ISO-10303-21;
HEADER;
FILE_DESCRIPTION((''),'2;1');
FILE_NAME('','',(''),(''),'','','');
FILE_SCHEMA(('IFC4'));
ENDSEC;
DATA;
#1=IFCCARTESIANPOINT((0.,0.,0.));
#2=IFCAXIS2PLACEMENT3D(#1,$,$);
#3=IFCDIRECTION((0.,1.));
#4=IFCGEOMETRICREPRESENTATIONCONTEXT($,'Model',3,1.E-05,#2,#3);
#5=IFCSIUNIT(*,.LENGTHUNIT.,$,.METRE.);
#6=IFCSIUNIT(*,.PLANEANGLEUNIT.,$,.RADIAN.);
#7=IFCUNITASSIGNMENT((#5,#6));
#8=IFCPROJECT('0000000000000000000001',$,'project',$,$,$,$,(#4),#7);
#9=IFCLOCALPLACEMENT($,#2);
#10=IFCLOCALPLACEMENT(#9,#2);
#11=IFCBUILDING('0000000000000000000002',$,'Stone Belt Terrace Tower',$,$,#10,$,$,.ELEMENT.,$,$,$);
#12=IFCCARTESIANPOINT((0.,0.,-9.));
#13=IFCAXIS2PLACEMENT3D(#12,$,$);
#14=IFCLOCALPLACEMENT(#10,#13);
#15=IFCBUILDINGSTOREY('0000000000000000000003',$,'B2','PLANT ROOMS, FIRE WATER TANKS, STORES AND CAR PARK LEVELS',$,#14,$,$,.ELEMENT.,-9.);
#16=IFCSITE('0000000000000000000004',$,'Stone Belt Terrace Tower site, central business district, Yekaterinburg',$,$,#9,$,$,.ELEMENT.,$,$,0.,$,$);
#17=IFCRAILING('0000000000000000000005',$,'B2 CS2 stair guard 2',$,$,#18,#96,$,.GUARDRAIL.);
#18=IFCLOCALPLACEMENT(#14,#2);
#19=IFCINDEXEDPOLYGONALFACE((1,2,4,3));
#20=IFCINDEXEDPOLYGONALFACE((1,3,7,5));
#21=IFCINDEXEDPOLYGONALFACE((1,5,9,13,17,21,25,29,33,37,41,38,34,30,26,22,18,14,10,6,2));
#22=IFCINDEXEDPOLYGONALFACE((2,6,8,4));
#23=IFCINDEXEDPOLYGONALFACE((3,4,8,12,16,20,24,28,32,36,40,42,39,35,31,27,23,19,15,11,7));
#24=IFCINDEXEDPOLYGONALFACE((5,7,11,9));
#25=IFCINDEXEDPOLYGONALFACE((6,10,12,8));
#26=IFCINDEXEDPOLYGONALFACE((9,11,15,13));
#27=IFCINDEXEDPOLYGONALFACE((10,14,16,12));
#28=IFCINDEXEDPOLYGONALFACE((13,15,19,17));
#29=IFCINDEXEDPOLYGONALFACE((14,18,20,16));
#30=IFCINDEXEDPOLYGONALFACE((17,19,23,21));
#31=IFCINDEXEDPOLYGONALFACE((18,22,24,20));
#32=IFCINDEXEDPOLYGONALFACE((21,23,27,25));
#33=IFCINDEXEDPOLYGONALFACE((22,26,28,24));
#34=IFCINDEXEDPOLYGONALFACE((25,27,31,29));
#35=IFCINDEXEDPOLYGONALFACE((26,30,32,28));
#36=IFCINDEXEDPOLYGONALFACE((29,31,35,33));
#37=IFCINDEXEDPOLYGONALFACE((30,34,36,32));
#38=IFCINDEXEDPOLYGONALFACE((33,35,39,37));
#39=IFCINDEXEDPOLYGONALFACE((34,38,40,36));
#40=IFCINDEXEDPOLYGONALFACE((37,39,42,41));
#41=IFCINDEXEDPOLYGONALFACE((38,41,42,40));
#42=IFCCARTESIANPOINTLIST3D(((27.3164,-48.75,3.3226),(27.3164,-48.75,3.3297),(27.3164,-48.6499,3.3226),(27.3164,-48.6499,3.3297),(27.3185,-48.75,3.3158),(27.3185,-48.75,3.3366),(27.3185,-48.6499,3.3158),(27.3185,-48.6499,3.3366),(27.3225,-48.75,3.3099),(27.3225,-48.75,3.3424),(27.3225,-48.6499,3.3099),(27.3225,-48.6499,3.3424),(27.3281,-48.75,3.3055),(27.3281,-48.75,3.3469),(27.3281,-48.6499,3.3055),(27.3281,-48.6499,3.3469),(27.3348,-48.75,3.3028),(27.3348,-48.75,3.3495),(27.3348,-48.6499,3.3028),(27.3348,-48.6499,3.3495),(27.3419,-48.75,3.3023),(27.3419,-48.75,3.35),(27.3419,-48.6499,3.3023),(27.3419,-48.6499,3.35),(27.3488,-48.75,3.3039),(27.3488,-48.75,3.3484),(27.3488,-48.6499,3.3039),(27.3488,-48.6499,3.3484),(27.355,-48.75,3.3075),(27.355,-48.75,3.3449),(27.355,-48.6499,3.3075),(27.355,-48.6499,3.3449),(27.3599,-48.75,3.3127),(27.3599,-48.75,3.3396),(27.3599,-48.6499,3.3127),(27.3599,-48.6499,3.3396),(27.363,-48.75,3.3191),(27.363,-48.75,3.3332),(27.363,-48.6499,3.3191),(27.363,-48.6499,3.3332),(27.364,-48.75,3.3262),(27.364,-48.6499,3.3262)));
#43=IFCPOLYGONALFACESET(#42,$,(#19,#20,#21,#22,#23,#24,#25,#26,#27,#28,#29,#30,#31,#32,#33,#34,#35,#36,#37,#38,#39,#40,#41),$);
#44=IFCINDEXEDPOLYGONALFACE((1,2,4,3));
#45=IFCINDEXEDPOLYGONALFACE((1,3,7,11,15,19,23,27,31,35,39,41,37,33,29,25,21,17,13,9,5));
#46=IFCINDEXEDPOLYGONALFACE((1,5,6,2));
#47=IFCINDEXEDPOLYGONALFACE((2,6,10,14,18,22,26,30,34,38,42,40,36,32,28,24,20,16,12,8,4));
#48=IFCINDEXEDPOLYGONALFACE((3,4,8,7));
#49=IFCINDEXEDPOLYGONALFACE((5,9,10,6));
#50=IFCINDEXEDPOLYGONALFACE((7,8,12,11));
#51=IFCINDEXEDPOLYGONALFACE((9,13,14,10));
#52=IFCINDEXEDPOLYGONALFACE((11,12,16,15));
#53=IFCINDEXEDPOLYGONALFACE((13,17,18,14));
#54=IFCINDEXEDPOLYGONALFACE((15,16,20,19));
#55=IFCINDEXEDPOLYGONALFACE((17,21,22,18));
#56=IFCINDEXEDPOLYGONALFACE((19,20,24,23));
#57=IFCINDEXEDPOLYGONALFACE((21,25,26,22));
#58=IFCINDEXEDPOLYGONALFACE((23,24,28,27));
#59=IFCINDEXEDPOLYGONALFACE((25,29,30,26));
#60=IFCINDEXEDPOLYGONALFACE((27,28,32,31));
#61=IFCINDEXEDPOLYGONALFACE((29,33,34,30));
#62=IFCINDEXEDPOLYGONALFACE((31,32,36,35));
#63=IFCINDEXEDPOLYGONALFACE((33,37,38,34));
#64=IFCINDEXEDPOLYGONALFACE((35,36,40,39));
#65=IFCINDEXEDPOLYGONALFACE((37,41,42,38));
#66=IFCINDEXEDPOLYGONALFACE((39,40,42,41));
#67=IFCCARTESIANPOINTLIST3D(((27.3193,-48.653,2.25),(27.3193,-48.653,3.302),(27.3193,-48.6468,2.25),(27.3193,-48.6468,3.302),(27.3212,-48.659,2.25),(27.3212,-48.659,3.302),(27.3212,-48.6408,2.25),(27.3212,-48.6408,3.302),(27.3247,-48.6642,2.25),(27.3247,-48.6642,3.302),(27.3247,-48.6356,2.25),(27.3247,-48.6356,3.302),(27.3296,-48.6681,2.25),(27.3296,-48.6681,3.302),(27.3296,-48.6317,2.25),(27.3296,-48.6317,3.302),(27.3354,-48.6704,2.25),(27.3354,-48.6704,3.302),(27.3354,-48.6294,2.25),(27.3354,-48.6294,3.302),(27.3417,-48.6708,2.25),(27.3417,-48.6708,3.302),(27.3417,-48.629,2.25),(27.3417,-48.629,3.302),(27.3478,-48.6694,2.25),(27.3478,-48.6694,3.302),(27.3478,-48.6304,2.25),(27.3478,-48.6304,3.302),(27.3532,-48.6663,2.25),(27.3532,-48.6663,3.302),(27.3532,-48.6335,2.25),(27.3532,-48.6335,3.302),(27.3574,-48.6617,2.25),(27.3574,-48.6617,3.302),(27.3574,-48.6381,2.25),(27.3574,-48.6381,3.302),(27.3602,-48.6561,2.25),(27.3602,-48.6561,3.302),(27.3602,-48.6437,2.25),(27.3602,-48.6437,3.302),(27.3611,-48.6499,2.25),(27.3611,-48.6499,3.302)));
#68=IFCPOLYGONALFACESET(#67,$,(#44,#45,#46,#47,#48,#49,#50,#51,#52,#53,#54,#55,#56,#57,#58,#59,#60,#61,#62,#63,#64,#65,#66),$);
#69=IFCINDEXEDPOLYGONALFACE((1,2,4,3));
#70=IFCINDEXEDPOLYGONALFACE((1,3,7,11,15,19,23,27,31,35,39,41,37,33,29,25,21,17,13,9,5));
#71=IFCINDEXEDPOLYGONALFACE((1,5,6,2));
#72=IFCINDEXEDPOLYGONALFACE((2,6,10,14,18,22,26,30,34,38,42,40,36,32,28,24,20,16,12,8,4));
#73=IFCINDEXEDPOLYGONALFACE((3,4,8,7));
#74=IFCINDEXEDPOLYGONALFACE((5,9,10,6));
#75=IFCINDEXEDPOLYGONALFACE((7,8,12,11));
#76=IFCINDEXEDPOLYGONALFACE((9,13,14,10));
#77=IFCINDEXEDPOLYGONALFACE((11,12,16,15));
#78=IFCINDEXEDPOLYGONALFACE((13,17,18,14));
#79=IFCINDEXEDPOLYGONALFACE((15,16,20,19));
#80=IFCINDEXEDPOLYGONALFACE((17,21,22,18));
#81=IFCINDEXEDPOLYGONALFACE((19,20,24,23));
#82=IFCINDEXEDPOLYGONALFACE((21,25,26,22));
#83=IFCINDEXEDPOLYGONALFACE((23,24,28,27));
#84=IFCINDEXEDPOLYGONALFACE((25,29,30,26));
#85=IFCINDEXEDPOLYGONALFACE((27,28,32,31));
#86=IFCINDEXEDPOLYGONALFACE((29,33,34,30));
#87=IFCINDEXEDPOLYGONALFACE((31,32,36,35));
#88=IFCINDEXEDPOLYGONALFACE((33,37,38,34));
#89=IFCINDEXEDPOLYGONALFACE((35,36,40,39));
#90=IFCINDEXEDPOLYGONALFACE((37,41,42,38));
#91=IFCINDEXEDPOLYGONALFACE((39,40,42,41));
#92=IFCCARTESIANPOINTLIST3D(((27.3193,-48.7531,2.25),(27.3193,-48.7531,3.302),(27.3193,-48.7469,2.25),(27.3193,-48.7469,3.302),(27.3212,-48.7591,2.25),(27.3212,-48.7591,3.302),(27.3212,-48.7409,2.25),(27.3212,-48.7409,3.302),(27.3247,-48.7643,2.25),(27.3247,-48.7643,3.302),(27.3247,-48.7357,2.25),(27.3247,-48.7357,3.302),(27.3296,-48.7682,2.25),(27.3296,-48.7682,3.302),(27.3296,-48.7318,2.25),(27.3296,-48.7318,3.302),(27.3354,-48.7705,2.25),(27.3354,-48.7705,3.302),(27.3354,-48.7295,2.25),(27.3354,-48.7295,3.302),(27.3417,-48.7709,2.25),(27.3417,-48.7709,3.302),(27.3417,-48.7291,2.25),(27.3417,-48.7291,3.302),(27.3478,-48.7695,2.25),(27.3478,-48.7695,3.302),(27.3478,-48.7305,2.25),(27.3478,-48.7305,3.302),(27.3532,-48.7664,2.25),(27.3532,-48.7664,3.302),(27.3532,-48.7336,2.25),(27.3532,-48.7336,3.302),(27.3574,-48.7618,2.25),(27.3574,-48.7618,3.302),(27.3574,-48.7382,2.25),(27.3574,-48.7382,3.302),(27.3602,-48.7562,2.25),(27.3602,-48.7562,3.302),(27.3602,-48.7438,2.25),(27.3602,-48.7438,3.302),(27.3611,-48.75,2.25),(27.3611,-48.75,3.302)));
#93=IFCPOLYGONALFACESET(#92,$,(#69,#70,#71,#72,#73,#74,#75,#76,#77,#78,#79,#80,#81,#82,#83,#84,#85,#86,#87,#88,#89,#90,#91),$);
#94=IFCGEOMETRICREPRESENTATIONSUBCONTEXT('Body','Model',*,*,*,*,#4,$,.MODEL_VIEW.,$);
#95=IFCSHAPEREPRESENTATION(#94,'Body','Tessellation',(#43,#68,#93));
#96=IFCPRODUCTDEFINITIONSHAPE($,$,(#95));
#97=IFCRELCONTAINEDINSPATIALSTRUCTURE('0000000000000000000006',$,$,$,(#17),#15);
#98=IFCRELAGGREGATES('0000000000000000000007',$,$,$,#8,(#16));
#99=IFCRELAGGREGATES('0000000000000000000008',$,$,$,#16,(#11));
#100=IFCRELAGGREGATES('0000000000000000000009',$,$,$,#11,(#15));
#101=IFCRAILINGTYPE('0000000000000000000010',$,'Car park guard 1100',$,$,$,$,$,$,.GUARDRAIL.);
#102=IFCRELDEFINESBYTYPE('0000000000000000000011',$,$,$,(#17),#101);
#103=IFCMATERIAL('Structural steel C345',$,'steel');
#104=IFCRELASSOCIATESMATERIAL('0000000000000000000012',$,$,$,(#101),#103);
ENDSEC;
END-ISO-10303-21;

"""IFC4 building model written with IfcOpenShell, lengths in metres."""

from ifc_helpers import new_model, si_unit, direction, frame, origin, origin_2d, place, context, subcontext, project, spatial, circle, extrude, material, type_object, element, save


model = new_model("IFC4")

# Units and contexts
model_context = context("Model", 3, precision=1e-05, world=origin(), true_north=direction((0.0, 1.0)))
body_context = subcontext(model_context, "Body", "Model", "MODEL_VIEW")
ifc_project = project(units=[si_unit("LENGTHUNIT", "METRE"), si_unit("PLANEANGLEUNIT", "RADIAN")], contexts=[model_context])

# Site, building, storey
site_placement = place(None, origin())
site = spatial("IfcSite", under=ifc_project, at=site_placement, Name="Stone Belt Terrace Tower site, central business district, Yekaterinburg", CompositionType="ELEMENT", RefElevation=0.0)
building_placement = place(site_placement, origin())
building = spatial("IfcBuilding", under=site, at=building_placement, Name="Stone Belt Terrace Tower", CompositionType="ELEMENT")
storey_placement = place(building_placement, frame((0.0, 0.0, -9.0)))
storey = spatial("IfcBuildingStorey", under=building, at=storey_placement, Name="B2", Description="PLANT ROOMS, FIRE WATER TANKS, STORES AND CAR PARK LEVELS", CompositionType="ELEMENT", Elevation=-9.0)

# Railing
ifc_material_1 = material(Name="Structural steel C345", Category="steel")
railing_type_1 = type_object("IfcRailingType", Name="Car park guard 1100", PredefinedType="GUARDRAIL", material=ifc_material_1)
railing_1_placement = place(storey_placement, frame((27.3401, -48.6499, 2.25)))
element("IfcRailing", 1, at=railing_1_placement, inside=storey, type_object=railing_type_1, Name="B2 CS2 stair guard 2", PredefinedType="GUARDRAIL", context=body_context, shape_type="SweptSolid", body=[
    extrude(circle(Radius=0.0239, at=origin_2d()), frame((0.0, 0.0, 1.0762), z_axis=(0.0, -1.0, 0.0), x_axis=(1.0, 0.0, 0.0)), (0.0, 0.0, 1.0), 0.1001),
    extrude(circle(Radius=0.021, at=origin_2d()), origin(), (0.0, 0.0, 1.0), 1.052),
    extrude(circle(Radius=0.021, at=origin_2d()), frame((0.0, -0.1001, 0.0)), (0.0, 0.0, 1.0), 1.052),
])

save(model, "model.ifc")
